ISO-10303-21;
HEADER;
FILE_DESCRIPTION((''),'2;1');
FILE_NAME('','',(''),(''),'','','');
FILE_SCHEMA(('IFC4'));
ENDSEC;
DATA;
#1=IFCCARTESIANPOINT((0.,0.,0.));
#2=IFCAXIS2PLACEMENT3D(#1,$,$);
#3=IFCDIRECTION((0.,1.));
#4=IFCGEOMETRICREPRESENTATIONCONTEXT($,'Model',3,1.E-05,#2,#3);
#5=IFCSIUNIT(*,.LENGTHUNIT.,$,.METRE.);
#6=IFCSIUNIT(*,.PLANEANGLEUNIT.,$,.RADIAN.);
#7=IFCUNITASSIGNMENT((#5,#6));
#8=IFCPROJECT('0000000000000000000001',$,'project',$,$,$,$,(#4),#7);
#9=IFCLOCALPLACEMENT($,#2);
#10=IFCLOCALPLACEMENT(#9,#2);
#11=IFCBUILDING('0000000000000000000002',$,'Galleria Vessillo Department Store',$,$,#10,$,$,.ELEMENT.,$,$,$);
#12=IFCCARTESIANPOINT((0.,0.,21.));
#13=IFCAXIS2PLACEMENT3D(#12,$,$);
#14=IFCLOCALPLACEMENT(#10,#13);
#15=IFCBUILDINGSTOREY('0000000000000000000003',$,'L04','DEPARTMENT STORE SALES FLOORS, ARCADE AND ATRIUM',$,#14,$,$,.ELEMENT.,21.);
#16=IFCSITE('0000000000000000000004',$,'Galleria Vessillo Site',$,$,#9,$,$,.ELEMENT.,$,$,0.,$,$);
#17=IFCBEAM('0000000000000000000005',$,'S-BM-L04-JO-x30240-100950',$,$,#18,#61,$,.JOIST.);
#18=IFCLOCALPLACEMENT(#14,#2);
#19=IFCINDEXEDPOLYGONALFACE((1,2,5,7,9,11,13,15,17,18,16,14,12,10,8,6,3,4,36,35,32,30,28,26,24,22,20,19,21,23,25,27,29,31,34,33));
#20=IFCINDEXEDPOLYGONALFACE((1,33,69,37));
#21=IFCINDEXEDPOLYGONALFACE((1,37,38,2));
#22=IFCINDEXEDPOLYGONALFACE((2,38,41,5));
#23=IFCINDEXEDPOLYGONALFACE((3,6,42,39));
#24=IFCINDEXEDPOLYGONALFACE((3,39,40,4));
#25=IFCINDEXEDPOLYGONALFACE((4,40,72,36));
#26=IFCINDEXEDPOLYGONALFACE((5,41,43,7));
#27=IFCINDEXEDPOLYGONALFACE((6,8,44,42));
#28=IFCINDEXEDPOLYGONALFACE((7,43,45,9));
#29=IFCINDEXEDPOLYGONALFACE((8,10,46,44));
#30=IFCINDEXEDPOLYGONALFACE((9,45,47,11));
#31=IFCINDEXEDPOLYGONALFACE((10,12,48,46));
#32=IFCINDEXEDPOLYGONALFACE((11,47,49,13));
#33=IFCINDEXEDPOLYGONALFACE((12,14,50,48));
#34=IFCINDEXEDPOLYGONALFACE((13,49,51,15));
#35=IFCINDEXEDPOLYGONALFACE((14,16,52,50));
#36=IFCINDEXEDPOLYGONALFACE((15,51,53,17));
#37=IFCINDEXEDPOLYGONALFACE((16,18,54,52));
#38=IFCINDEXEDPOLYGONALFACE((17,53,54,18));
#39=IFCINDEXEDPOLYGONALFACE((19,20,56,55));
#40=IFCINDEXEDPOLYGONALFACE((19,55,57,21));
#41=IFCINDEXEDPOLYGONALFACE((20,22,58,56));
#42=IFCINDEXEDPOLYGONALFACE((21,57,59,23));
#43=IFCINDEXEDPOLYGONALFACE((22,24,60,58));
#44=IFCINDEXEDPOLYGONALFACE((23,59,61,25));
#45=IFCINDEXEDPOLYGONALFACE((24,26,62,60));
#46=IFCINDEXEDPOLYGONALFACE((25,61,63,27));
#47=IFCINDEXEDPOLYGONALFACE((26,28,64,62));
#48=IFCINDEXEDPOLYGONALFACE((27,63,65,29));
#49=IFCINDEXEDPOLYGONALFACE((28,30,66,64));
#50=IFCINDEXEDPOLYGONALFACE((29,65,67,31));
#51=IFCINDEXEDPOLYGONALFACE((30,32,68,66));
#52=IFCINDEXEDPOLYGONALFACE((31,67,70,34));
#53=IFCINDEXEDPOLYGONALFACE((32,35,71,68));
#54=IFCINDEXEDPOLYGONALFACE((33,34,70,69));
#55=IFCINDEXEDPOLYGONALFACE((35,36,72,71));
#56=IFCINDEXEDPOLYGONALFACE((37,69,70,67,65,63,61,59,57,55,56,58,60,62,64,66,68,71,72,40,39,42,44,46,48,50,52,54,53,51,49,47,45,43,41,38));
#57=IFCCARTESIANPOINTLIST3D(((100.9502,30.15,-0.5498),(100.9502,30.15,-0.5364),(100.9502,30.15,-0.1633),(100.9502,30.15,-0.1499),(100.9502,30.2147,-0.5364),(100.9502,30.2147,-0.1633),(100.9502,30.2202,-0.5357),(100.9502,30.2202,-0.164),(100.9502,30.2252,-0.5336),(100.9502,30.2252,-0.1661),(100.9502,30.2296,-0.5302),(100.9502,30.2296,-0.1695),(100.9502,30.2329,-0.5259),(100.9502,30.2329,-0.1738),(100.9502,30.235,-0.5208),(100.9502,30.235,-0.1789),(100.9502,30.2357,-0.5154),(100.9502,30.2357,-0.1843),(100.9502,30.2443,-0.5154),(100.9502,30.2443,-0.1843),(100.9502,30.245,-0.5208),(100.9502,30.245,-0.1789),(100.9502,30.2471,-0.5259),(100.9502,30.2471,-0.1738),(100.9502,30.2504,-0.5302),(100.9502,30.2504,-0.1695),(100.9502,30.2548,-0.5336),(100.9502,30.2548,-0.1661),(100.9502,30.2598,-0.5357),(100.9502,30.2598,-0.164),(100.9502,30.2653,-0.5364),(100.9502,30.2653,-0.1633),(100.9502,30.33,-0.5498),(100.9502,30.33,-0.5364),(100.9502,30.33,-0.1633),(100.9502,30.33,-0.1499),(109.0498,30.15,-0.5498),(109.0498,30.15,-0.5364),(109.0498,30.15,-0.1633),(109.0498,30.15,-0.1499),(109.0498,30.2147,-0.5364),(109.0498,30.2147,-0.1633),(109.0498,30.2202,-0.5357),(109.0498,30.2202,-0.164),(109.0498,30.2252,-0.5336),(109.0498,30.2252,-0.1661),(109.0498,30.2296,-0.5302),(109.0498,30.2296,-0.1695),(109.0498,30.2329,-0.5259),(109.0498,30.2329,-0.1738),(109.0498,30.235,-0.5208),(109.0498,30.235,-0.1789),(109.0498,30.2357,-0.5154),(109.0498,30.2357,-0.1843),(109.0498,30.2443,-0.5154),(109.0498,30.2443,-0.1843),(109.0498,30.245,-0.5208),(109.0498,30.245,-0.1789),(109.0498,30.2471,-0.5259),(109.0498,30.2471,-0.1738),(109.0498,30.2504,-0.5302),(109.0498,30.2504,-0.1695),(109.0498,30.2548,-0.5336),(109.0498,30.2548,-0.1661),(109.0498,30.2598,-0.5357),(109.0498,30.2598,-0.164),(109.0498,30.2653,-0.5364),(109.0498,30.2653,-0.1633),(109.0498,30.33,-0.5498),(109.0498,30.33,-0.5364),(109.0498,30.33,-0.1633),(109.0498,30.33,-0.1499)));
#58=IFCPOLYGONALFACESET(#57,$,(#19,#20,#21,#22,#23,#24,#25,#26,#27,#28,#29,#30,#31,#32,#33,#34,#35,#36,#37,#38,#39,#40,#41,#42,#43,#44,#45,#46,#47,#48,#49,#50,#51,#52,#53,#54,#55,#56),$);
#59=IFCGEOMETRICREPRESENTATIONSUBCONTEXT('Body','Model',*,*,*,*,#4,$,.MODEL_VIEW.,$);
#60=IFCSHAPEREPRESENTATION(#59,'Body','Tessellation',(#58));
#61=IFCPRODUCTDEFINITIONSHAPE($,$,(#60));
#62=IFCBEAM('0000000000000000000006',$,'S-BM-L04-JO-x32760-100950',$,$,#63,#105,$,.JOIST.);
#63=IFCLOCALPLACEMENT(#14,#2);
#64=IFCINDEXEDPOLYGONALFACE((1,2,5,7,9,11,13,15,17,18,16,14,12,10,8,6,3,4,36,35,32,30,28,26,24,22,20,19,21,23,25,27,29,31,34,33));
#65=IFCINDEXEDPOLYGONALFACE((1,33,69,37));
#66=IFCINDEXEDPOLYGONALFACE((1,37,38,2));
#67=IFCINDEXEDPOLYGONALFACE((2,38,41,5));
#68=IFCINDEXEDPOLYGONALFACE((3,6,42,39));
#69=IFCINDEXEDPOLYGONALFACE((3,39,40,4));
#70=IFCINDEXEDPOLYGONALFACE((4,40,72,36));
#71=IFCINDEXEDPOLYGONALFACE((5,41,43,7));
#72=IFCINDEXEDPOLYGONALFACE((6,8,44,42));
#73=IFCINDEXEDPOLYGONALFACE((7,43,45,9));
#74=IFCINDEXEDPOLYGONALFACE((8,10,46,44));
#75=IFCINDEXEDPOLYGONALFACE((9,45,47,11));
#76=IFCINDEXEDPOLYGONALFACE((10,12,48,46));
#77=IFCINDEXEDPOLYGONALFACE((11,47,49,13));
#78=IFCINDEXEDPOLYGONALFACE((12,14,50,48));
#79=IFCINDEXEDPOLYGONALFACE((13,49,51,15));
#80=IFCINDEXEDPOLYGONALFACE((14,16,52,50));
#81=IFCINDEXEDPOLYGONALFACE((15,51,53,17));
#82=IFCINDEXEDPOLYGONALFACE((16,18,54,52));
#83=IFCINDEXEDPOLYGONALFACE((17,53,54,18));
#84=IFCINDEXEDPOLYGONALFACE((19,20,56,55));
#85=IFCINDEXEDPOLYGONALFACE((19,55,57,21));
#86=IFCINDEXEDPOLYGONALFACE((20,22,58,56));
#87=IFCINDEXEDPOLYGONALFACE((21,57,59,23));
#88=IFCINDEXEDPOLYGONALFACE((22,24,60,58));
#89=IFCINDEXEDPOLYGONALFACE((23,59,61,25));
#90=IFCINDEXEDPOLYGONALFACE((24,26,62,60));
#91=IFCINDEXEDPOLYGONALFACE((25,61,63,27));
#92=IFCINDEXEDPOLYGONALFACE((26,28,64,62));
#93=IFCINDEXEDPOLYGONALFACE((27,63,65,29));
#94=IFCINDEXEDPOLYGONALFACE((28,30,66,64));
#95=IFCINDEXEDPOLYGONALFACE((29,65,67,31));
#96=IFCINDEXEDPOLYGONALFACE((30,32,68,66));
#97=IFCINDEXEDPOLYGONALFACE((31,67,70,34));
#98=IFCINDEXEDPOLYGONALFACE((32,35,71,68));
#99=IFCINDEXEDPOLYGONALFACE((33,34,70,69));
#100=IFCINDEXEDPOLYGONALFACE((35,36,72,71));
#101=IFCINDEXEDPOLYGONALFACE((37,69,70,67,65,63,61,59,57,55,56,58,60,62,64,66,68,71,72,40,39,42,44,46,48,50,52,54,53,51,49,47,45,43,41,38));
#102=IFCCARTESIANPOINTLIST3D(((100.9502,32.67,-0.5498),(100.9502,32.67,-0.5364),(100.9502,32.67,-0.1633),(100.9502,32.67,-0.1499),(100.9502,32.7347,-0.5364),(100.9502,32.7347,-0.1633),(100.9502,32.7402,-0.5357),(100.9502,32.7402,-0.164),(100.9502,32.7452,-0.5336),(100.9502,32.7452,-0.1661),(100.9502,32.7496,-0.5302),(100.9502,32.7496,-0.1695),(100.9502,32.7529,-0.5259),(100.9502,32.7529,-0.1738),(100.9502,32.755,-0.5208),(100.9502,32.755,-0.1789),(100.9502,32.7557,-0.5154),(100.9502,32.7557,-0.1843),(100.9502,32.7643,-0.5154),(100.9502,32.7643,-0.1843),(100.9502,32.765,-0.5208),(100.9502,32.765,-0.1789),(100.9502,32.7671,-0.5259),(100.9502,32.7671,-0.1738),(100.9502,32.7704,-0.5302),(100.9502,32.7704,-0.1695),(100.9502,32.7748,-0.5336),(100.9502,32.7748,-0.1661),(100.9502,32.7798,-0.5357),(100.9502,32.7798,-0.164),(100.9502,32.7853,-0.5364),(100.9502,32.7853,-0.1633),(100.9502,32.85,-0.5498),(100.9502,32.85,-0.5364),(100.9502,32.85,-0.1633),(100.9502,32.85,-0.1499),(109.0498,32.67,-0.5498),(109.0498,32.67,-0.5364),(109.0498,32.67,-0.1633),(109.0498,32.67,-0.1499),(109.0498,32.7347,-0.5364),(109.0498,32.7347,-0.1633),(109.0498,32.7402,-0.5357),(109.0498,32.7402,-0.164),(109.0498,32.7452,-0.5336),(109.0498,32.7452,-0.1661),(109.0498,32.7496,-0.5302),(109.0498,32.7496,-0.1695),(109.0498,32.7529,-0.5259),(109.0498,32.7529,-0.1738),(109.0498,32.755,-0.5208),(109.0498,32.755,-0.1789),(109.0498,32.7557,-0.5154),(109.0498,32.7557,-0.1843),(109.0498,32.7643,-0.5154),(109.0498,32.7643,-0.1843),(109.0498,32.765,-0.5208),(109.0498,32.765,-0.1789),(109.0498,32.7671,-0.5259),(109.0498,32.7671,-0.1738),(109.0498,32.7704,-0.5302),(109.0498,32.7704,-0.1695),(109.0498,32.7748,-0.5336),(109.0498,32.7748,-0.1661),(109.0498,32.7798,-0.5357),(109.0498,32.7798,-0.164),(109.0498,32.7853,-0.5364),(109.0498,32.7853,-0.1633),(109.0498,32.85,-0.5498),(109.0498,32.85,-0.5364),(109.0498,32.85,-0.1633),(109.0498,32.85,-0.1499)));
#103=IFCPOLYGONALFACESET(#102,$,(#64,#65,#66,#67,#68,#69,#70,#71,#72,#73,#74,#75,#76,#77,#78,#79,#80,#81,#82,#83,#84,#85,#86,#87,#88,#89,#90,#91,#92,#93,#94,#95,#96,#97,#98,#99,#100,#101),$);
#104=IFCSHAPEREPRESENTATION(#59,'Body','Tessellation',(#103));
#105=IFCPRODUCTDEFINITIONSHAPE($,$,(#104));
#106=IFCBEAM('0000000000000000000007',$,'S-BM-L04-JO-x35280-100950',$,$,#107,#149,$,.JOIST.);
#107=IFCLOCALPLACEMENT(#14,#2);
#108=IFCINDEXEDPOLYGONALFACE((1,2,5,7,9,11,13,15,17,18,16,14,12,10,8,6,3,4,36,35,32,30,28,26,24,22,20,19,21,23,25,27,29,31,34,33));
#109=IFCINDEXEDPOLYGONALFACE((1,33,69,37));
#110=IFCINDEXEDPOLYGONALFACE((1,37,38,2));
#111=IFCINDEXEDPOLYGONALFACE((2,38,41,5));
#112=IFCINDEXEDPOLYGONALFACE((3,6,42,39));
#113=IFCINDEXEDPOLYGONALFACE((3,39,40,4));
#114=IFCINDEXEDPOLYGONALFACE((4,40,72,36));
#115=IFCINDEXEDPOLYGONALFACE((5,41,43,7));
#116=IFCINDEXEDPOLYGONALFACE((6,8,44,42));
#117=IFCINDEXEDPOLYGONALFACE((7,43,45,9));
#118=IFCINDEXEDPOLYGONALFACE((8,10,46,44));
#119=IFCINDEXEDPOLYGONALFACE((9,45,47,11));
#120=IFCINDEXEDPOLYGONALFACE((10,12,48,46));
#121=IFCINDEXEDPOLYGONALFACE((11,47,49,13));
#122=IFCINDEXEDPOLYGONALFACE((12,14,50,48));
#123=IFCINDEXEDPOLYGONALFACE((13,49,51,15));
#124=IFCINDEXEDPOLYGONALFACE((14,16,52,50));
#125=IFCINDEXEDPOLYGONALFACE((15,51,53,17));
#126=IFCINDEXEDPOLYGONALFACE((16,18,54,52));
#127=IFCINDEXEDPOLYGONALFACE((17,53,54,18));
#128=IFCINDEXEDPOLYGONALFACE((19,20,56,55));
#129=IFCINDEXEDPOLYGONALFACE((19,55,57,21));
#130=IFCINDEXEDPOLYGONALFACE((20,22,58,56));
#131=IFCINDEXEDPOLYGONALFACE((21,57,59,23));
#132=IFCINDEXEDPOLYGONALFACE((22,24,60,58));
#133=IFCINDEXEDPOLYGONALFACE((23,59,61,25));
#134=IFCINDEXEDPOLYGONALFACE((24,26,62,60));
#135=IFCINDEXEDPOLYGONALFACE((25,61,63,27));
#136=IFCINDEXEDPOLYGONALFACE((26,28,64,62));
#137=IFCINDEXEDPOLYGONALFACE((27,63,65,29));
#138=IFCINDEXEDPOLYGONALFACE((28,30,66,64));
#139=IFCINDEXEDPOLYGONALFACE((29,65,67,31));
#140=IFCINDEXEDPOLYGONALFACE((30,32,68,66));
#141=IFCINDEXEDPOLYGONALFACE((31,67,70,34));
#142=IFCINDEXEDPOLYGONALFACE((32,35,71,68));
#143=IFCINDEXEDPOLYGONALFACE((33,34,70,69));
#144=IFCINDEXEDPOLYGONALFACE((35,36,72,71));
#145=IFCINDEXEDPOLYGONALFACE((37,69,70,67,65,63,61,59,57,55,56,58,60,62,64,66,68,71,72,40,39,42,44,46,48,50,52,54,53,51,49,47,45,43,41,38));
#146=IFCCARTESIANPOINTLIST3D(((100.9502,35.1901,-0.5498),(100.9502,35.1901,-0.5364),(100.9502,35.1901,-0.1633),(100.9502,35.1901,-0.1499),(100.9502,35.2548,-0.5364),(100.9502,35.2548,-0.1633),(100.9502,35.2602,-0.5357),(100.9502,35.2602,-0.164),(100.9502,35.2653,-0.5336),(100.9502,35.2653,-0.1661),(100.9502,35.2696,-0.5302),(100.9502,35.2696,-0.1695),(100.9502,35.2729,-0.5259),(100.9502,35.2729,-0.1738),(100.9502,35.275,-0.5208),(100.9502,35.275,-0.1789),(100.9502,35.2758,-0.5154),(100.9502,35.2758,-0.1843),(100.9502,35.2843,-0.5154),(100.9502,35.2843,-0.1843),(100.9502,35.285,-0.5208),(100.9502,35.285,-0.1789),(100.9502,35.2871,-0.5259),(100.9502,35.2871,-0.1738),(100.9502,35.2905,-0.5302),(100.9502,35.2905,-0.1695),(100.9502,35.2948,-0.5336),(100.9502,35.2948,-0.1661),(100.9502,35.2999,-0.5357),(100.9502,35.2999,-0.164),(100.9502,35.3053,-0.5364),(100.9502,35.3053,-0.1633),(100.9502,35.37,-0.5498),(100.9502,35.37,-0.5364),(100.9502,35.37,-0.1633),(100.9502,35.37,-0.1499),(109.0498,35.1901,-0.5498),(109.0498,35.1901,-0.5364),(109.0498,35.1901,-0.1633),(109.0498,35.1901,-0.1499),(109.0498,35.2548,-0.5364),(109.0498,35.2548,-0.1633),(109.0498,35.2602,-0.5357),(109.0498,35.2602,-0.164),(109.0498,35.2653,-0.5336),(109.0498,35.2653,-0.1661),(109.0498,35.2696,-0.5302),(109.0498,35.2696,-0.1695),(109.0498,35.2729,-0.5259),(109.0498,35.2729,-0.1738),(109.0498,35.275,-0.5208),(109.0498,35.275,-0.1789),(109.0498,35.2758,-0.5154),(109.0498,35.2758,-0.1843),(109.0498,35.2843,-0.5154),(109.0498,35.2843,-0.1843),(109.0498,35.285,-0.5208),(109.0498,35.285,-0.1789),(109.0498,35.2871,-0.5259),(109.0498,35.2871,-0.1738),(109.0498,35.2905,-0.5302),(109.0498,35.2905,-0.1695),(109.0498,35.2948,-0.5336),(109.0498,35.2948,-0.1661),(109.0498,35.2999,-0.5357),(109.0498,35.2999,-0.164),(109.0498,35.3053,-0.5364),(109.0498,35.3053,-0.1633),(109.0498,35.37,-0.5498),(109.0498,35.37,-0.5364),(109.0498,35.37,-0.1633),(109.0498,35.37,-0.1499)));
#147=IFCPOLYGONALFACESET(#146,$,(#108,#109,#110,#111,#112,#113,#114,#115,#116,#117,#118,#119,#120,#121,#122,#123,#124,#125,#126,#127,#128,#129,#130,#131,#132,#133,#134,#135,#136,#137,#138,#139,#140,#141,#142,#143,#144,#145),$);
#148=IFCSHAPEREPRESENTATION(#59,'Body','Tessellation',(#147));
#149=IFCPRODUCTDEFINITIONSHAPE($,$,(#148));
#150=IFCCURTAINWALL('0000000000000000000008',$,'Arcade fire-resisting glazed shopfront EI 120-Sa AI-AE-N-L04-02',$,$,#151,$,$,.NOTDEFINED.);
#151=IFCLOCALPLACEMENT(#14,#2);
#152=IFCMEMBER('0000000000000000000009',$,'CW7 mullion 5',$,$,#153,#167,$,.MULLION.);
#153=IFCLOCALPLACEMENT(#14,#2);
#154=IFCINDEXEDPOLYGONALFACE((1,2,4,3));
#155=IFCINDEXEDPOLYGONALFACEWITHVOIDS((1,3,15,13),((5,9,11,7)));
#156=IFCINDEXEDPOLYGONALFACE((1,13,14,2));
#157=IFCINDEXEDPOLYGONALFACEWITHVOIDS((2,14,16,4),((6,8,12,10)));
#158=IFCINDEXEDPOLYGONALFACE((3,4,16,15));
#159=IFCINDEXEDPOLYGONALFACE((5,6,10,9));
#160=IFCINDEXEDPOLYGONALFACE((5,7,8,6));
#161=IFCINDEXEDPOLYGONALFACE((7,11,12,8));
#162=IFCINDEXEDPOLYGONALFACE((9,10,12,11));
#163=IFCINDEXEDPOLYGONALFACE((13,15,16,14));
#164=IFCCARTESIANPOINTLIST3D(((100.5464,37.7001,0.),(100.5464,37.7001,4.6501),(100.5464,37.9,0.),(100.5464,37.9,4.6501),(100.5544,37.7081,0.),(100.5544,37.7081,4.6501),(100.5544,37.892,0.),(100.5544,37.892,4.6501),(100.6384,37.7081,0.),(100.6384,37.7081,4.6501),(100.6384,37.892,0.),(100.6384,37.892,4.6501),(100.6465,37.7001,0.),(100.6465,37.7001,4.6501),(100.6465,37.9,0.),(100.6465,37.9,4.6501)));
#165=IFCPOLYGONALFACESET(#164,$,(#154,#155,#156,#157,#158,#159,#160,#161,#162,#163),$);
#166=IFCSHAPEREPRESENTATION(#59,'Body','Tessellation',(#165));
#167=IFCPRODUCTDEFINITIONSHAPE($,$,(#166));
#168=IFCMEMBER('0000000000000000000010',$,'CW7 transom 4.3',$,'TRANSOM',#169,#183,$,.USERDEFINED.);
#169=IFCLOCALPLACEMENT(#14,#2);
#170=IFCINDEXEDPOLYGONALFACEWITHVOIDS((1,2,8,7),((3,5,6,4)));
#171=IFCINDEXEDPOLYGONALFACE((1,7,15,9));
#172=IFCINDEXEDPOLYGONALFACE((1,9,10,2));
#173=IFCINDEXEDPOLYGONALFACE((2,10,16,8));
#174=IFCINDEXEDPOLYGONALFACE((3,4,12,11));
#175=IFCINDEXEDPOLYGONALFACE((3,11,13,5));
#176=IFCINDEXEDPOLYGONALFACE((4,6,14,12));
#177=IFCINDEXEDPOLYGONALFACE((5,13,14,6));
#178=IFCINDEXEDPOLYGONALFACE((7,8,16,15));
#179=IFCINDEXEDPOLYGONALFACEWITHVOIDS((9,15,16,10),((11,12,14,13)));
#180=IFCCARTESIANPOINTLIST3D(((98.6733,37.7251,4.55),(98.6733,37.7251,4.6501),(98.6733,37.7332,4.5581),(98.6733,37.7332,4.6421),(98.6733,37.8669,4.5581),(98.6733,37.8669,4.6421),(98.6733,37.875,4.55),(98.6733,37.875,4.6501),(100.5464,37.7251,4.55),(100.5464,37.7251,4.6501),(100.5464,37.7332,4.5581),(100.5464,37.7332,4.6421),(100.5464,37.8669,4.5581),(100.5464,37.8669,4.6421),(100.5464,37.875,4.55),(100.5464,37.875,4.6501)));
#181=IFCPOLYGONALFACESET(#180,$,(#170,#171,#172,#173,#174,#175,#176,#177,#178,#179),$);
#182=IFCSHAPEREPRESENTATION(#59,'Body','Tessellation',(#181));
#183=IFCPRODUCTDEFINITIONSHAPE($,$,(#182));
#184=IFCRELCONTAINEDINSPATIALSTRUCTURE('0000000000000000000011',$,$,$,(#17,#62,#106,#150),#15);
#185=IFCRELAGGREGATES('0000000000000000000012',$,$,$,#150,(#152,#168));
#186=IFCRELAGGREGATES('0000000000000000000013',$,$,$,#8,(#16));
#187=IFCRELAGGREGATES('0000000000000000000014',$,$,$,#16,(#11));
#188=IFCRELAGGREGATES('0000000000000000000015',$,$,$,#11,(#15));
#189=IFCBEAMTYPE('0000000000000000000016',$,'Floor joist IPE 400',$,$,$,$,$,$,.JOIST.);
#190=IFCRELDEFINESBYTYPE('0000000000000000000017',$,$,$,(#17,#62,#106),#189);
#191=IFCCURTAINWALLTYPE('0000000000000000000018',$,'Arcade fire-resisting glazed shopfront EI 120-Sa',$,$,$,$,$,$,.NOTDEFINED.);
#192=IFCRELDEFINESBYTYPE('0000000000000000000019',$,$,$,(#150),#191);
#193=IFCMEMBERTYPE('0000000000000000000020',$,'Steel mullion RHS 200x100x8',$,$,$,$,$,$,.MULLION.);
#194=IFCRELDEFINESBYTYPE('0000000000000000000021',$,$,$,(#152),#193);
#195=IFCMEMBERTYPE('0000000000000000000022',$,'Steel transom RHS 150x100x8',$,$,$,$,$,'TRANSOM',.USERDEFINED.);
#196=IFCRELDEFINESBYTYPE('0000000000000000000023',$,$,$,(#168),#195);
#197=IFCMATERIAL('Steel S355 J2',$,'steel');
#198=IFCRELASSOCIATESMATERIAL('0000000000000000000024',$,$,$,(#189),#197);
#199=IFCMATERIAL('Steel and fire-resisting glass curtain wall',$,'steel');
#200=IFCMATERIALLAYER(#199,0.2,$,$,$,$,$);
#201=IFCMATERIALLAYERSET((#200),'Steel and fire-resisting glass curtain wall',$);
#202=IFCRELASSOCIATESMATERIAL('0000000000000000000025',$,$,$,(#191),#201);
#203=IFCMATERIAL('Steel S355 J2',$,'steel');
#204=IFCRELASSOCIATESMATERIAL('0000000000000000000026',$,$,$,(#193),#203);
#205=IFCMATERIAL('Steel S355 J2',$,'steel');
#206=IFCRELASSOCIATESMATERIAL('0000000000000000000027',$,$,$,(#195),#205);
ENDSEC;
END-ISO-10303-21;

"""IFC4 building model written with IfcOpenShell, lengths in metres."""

from ifc_helpers import new_model, si_unit, direction, frame, origin, origin_2d, place, context, subcontext, project, spatial, hollow_rectangle, i_section, extrude, material, layer, layer_set, material_profile, profile_set, type_object, element, aggregate, save


model = new_model("IFC4")

# Units and contexts
model_context = context("Model", 3, precision=1e-05, world=origin(), true_north=direction((0.0, 1.0)))
body_context = subcontext(model_context, "Body", "Model", "MODEL_VIEW")
ifc_project = project(units=[si_unit("LENGTHUNIT", "METRE"), si_unit("PLANEANGLEUNIT", "RADIAN")], contexts=[model_context])

# Site, building, storey
site_placement = place(None, origin())
site = spatial("IfcSite", under=ifc_project, at=site_placement, Name="Galleria Vessillo Site", CompositionType="ELEMENT", RefElevation=0.0)
building_placement = place(site_placement, origin())
building = spatial("IfcBuilding", under=site, at=building_placement, Name="Galleria Vessillo Department Store", CompositionType="ELEMENT")
storey_placement = place(building_placement, frame((0.0, 0.0, 21.0)))
storey = spatial("IfcBuildingStorey", under=building, at=storey_placement, Name="L04", Description="DEPARTMENT STORE SALES FLOORS, ARCADE AND ATRIUM", CompositionType="ELEMENT", Elevation=21.0)

# Beams
ifc_material_1 = material(Name="Steel S355 J2", Category="steel")
ifc_material_profile_1 = material_profile(ifc_material_1, i_section(OverallWidth=0.1799, OverallDepth=0.3999, WebThickness=0.0085, FlangeThickness=0.0134, FilletRadius=0.021, at=origin_2d()), Name="IPE 400")
ifc_profile_set_1 = profile_set([ifc_material_profile_1], Name="Steel S355 J2")
beam_type_1 = type_object("IfcBeamType", Name="Floor joist IPE 400", PredefinedType="JOIST", material=ifc_profile_set_1)
for number, where, z_axis, x_axis, name in (
    (1, (100.9502, 30.24, -0.3499), (1.0, 0.0, 0.0), (0.0, 1.0, 0.0), "S-BM-L04-JO-x30240-100950"),
    (2, (100.9502, 32.76, -0.3499), (1.0, 0.0, 0.0), (0.0, 1.0, 0.0), "S-BM-L04-JO-x32760-100950"),
    (3, (100.9502, 35.28, -0.3499), (1.0, 0.0, 0.0), (0.0, 1.0, 0.0), "S-BM-L04-JO-x35280-100950"),
):
    element("IfcBeam", number, at=place(storey_placement, frame(where, z_axis=z_axis, x_axis=x_axis)), inside=storey, type_object=beam_type_1, Name=name, PredefinedType="JOIST", context=body_context, shape_type="SweptSolid", body=[
        extrude(i_section(OverallWidth=0.1799, OverallDepth=0.3999, WebThickness=0.0085, FlangeThickness=0.0134, FilletRadius=0.021, at=origin_2d()), origin(), (0.0, 0.0, 1.0), 8.0996),
    ])

# Curtain wall, members
ifc_material_2 = material(Name="Steel and fire-resisting glass curtain wall", Category="steel")
ifc_layer_1 = layer(ifc_material_2, 0.2)
ifc_layer_set_1 = layer_set([ifc_layer_1], Name="Steel and fire-resisting glass curtain wall")
curtain_wall_type = type_object("IfcCurtainWallType", Name="Arcade fire-resisting glazed shopfront EI 120-Sa", PredefinedType="NOTDEFINED", material=ifc_layer_set_1)
curtain_wall_placement = place(storey_placement, origin())
curtain_wall = element("IfcCurtainWall", 4, at=curtain_wall_placement, inside=storey, type_object=curtain_wall_type, Name="Arcade fire-resisting glazed shopfront EI 120-Sa AI-AE-N-L04-02", PredefinedType="NOTDEFINED")
ifc_material_3 = material(Name="Steel S355 J2", Category="steel")
ifc_material_profile_2 = material_profile(ifc_material_3, hollow_rectangle(XDim=0.2, YDim=0.1001, WallThickness=0.0081, at=origin_2d()), Name="RHS 200x100x8")
ifc_profile_set_2 = profile_set([ifc_material_profile_2], Name="Steel S355 J2")
member_type_1 = type_object("IfcMemberType", Name="Steel mullion RHS 200x100x8", PredefinedType="MULLION", material=ifc_profile_set_2)
member_1_placement = place(storey_placement, frame((100.5964, 37.8, 0.0), z_axis=(0.0, 0.0, 1.0), x_axis=(0.0, 1.0, 0.0)))
member_1 = element("IfcMember", 5, at=member_1_placement, type_object=member_type_1, Name="CW7 mullion 5", PredefinedType="MULLION", context=body_context, shape_type="SweptSolid", body=[
    extrude(hollow_rectangle(XDim=0.2, YDim=0.1001, WallThickness=0.0081, at=origin_2d()), origin(), (0.0, 0.0, 1.0), 4.6501),
])
ifc_material_4 = material(Name="Steel S355 J2", Category="steel")
ifc_material_profile_3 = material_profile(ifc_material_4, hollow_rectangle(XDim=0.1499, YDim=0.1001, WallThickness=0.0081, at=origin_2d()), Name="RHS 150x100x8")
ifc_profile_set_3 = profile_set([ifc_material_profile_3], Name="Steel S355 J2")
member_type_2 = type_object("IfcMemberType", Name="Steel transom RHS 150x100x8", ElementType="TRANSOM", PredefinedType="USERDEFINED", material=ifc_profile_set_3)
member_2_placement = place(storey_placement, frame((98.6733, 37.8, 4.6001), z_axis=(1.0, 0.0, 0.0), x_axis=(0.0, 1.0, 0.0)))
member_2 = element("IfcMember", 6, at=member_2_placement, type_object=member_type_2, Name="CW7 transom 4.3", ObjectType="TRANSOM", PredefinedType="USERDEFINED", context=body_context, shape_type="SweptSolid", body=[
    extrude(hollow_rectangle(XDim=0.1499, YDim=0.1001, WallThickness=0.0081, at=origin_2d()), origin(), (0.0, 0.0, 1.0), 1.873),
])

aggregate(curtain_wall, [member_1, member_2])

save(model, "model.ifc")
